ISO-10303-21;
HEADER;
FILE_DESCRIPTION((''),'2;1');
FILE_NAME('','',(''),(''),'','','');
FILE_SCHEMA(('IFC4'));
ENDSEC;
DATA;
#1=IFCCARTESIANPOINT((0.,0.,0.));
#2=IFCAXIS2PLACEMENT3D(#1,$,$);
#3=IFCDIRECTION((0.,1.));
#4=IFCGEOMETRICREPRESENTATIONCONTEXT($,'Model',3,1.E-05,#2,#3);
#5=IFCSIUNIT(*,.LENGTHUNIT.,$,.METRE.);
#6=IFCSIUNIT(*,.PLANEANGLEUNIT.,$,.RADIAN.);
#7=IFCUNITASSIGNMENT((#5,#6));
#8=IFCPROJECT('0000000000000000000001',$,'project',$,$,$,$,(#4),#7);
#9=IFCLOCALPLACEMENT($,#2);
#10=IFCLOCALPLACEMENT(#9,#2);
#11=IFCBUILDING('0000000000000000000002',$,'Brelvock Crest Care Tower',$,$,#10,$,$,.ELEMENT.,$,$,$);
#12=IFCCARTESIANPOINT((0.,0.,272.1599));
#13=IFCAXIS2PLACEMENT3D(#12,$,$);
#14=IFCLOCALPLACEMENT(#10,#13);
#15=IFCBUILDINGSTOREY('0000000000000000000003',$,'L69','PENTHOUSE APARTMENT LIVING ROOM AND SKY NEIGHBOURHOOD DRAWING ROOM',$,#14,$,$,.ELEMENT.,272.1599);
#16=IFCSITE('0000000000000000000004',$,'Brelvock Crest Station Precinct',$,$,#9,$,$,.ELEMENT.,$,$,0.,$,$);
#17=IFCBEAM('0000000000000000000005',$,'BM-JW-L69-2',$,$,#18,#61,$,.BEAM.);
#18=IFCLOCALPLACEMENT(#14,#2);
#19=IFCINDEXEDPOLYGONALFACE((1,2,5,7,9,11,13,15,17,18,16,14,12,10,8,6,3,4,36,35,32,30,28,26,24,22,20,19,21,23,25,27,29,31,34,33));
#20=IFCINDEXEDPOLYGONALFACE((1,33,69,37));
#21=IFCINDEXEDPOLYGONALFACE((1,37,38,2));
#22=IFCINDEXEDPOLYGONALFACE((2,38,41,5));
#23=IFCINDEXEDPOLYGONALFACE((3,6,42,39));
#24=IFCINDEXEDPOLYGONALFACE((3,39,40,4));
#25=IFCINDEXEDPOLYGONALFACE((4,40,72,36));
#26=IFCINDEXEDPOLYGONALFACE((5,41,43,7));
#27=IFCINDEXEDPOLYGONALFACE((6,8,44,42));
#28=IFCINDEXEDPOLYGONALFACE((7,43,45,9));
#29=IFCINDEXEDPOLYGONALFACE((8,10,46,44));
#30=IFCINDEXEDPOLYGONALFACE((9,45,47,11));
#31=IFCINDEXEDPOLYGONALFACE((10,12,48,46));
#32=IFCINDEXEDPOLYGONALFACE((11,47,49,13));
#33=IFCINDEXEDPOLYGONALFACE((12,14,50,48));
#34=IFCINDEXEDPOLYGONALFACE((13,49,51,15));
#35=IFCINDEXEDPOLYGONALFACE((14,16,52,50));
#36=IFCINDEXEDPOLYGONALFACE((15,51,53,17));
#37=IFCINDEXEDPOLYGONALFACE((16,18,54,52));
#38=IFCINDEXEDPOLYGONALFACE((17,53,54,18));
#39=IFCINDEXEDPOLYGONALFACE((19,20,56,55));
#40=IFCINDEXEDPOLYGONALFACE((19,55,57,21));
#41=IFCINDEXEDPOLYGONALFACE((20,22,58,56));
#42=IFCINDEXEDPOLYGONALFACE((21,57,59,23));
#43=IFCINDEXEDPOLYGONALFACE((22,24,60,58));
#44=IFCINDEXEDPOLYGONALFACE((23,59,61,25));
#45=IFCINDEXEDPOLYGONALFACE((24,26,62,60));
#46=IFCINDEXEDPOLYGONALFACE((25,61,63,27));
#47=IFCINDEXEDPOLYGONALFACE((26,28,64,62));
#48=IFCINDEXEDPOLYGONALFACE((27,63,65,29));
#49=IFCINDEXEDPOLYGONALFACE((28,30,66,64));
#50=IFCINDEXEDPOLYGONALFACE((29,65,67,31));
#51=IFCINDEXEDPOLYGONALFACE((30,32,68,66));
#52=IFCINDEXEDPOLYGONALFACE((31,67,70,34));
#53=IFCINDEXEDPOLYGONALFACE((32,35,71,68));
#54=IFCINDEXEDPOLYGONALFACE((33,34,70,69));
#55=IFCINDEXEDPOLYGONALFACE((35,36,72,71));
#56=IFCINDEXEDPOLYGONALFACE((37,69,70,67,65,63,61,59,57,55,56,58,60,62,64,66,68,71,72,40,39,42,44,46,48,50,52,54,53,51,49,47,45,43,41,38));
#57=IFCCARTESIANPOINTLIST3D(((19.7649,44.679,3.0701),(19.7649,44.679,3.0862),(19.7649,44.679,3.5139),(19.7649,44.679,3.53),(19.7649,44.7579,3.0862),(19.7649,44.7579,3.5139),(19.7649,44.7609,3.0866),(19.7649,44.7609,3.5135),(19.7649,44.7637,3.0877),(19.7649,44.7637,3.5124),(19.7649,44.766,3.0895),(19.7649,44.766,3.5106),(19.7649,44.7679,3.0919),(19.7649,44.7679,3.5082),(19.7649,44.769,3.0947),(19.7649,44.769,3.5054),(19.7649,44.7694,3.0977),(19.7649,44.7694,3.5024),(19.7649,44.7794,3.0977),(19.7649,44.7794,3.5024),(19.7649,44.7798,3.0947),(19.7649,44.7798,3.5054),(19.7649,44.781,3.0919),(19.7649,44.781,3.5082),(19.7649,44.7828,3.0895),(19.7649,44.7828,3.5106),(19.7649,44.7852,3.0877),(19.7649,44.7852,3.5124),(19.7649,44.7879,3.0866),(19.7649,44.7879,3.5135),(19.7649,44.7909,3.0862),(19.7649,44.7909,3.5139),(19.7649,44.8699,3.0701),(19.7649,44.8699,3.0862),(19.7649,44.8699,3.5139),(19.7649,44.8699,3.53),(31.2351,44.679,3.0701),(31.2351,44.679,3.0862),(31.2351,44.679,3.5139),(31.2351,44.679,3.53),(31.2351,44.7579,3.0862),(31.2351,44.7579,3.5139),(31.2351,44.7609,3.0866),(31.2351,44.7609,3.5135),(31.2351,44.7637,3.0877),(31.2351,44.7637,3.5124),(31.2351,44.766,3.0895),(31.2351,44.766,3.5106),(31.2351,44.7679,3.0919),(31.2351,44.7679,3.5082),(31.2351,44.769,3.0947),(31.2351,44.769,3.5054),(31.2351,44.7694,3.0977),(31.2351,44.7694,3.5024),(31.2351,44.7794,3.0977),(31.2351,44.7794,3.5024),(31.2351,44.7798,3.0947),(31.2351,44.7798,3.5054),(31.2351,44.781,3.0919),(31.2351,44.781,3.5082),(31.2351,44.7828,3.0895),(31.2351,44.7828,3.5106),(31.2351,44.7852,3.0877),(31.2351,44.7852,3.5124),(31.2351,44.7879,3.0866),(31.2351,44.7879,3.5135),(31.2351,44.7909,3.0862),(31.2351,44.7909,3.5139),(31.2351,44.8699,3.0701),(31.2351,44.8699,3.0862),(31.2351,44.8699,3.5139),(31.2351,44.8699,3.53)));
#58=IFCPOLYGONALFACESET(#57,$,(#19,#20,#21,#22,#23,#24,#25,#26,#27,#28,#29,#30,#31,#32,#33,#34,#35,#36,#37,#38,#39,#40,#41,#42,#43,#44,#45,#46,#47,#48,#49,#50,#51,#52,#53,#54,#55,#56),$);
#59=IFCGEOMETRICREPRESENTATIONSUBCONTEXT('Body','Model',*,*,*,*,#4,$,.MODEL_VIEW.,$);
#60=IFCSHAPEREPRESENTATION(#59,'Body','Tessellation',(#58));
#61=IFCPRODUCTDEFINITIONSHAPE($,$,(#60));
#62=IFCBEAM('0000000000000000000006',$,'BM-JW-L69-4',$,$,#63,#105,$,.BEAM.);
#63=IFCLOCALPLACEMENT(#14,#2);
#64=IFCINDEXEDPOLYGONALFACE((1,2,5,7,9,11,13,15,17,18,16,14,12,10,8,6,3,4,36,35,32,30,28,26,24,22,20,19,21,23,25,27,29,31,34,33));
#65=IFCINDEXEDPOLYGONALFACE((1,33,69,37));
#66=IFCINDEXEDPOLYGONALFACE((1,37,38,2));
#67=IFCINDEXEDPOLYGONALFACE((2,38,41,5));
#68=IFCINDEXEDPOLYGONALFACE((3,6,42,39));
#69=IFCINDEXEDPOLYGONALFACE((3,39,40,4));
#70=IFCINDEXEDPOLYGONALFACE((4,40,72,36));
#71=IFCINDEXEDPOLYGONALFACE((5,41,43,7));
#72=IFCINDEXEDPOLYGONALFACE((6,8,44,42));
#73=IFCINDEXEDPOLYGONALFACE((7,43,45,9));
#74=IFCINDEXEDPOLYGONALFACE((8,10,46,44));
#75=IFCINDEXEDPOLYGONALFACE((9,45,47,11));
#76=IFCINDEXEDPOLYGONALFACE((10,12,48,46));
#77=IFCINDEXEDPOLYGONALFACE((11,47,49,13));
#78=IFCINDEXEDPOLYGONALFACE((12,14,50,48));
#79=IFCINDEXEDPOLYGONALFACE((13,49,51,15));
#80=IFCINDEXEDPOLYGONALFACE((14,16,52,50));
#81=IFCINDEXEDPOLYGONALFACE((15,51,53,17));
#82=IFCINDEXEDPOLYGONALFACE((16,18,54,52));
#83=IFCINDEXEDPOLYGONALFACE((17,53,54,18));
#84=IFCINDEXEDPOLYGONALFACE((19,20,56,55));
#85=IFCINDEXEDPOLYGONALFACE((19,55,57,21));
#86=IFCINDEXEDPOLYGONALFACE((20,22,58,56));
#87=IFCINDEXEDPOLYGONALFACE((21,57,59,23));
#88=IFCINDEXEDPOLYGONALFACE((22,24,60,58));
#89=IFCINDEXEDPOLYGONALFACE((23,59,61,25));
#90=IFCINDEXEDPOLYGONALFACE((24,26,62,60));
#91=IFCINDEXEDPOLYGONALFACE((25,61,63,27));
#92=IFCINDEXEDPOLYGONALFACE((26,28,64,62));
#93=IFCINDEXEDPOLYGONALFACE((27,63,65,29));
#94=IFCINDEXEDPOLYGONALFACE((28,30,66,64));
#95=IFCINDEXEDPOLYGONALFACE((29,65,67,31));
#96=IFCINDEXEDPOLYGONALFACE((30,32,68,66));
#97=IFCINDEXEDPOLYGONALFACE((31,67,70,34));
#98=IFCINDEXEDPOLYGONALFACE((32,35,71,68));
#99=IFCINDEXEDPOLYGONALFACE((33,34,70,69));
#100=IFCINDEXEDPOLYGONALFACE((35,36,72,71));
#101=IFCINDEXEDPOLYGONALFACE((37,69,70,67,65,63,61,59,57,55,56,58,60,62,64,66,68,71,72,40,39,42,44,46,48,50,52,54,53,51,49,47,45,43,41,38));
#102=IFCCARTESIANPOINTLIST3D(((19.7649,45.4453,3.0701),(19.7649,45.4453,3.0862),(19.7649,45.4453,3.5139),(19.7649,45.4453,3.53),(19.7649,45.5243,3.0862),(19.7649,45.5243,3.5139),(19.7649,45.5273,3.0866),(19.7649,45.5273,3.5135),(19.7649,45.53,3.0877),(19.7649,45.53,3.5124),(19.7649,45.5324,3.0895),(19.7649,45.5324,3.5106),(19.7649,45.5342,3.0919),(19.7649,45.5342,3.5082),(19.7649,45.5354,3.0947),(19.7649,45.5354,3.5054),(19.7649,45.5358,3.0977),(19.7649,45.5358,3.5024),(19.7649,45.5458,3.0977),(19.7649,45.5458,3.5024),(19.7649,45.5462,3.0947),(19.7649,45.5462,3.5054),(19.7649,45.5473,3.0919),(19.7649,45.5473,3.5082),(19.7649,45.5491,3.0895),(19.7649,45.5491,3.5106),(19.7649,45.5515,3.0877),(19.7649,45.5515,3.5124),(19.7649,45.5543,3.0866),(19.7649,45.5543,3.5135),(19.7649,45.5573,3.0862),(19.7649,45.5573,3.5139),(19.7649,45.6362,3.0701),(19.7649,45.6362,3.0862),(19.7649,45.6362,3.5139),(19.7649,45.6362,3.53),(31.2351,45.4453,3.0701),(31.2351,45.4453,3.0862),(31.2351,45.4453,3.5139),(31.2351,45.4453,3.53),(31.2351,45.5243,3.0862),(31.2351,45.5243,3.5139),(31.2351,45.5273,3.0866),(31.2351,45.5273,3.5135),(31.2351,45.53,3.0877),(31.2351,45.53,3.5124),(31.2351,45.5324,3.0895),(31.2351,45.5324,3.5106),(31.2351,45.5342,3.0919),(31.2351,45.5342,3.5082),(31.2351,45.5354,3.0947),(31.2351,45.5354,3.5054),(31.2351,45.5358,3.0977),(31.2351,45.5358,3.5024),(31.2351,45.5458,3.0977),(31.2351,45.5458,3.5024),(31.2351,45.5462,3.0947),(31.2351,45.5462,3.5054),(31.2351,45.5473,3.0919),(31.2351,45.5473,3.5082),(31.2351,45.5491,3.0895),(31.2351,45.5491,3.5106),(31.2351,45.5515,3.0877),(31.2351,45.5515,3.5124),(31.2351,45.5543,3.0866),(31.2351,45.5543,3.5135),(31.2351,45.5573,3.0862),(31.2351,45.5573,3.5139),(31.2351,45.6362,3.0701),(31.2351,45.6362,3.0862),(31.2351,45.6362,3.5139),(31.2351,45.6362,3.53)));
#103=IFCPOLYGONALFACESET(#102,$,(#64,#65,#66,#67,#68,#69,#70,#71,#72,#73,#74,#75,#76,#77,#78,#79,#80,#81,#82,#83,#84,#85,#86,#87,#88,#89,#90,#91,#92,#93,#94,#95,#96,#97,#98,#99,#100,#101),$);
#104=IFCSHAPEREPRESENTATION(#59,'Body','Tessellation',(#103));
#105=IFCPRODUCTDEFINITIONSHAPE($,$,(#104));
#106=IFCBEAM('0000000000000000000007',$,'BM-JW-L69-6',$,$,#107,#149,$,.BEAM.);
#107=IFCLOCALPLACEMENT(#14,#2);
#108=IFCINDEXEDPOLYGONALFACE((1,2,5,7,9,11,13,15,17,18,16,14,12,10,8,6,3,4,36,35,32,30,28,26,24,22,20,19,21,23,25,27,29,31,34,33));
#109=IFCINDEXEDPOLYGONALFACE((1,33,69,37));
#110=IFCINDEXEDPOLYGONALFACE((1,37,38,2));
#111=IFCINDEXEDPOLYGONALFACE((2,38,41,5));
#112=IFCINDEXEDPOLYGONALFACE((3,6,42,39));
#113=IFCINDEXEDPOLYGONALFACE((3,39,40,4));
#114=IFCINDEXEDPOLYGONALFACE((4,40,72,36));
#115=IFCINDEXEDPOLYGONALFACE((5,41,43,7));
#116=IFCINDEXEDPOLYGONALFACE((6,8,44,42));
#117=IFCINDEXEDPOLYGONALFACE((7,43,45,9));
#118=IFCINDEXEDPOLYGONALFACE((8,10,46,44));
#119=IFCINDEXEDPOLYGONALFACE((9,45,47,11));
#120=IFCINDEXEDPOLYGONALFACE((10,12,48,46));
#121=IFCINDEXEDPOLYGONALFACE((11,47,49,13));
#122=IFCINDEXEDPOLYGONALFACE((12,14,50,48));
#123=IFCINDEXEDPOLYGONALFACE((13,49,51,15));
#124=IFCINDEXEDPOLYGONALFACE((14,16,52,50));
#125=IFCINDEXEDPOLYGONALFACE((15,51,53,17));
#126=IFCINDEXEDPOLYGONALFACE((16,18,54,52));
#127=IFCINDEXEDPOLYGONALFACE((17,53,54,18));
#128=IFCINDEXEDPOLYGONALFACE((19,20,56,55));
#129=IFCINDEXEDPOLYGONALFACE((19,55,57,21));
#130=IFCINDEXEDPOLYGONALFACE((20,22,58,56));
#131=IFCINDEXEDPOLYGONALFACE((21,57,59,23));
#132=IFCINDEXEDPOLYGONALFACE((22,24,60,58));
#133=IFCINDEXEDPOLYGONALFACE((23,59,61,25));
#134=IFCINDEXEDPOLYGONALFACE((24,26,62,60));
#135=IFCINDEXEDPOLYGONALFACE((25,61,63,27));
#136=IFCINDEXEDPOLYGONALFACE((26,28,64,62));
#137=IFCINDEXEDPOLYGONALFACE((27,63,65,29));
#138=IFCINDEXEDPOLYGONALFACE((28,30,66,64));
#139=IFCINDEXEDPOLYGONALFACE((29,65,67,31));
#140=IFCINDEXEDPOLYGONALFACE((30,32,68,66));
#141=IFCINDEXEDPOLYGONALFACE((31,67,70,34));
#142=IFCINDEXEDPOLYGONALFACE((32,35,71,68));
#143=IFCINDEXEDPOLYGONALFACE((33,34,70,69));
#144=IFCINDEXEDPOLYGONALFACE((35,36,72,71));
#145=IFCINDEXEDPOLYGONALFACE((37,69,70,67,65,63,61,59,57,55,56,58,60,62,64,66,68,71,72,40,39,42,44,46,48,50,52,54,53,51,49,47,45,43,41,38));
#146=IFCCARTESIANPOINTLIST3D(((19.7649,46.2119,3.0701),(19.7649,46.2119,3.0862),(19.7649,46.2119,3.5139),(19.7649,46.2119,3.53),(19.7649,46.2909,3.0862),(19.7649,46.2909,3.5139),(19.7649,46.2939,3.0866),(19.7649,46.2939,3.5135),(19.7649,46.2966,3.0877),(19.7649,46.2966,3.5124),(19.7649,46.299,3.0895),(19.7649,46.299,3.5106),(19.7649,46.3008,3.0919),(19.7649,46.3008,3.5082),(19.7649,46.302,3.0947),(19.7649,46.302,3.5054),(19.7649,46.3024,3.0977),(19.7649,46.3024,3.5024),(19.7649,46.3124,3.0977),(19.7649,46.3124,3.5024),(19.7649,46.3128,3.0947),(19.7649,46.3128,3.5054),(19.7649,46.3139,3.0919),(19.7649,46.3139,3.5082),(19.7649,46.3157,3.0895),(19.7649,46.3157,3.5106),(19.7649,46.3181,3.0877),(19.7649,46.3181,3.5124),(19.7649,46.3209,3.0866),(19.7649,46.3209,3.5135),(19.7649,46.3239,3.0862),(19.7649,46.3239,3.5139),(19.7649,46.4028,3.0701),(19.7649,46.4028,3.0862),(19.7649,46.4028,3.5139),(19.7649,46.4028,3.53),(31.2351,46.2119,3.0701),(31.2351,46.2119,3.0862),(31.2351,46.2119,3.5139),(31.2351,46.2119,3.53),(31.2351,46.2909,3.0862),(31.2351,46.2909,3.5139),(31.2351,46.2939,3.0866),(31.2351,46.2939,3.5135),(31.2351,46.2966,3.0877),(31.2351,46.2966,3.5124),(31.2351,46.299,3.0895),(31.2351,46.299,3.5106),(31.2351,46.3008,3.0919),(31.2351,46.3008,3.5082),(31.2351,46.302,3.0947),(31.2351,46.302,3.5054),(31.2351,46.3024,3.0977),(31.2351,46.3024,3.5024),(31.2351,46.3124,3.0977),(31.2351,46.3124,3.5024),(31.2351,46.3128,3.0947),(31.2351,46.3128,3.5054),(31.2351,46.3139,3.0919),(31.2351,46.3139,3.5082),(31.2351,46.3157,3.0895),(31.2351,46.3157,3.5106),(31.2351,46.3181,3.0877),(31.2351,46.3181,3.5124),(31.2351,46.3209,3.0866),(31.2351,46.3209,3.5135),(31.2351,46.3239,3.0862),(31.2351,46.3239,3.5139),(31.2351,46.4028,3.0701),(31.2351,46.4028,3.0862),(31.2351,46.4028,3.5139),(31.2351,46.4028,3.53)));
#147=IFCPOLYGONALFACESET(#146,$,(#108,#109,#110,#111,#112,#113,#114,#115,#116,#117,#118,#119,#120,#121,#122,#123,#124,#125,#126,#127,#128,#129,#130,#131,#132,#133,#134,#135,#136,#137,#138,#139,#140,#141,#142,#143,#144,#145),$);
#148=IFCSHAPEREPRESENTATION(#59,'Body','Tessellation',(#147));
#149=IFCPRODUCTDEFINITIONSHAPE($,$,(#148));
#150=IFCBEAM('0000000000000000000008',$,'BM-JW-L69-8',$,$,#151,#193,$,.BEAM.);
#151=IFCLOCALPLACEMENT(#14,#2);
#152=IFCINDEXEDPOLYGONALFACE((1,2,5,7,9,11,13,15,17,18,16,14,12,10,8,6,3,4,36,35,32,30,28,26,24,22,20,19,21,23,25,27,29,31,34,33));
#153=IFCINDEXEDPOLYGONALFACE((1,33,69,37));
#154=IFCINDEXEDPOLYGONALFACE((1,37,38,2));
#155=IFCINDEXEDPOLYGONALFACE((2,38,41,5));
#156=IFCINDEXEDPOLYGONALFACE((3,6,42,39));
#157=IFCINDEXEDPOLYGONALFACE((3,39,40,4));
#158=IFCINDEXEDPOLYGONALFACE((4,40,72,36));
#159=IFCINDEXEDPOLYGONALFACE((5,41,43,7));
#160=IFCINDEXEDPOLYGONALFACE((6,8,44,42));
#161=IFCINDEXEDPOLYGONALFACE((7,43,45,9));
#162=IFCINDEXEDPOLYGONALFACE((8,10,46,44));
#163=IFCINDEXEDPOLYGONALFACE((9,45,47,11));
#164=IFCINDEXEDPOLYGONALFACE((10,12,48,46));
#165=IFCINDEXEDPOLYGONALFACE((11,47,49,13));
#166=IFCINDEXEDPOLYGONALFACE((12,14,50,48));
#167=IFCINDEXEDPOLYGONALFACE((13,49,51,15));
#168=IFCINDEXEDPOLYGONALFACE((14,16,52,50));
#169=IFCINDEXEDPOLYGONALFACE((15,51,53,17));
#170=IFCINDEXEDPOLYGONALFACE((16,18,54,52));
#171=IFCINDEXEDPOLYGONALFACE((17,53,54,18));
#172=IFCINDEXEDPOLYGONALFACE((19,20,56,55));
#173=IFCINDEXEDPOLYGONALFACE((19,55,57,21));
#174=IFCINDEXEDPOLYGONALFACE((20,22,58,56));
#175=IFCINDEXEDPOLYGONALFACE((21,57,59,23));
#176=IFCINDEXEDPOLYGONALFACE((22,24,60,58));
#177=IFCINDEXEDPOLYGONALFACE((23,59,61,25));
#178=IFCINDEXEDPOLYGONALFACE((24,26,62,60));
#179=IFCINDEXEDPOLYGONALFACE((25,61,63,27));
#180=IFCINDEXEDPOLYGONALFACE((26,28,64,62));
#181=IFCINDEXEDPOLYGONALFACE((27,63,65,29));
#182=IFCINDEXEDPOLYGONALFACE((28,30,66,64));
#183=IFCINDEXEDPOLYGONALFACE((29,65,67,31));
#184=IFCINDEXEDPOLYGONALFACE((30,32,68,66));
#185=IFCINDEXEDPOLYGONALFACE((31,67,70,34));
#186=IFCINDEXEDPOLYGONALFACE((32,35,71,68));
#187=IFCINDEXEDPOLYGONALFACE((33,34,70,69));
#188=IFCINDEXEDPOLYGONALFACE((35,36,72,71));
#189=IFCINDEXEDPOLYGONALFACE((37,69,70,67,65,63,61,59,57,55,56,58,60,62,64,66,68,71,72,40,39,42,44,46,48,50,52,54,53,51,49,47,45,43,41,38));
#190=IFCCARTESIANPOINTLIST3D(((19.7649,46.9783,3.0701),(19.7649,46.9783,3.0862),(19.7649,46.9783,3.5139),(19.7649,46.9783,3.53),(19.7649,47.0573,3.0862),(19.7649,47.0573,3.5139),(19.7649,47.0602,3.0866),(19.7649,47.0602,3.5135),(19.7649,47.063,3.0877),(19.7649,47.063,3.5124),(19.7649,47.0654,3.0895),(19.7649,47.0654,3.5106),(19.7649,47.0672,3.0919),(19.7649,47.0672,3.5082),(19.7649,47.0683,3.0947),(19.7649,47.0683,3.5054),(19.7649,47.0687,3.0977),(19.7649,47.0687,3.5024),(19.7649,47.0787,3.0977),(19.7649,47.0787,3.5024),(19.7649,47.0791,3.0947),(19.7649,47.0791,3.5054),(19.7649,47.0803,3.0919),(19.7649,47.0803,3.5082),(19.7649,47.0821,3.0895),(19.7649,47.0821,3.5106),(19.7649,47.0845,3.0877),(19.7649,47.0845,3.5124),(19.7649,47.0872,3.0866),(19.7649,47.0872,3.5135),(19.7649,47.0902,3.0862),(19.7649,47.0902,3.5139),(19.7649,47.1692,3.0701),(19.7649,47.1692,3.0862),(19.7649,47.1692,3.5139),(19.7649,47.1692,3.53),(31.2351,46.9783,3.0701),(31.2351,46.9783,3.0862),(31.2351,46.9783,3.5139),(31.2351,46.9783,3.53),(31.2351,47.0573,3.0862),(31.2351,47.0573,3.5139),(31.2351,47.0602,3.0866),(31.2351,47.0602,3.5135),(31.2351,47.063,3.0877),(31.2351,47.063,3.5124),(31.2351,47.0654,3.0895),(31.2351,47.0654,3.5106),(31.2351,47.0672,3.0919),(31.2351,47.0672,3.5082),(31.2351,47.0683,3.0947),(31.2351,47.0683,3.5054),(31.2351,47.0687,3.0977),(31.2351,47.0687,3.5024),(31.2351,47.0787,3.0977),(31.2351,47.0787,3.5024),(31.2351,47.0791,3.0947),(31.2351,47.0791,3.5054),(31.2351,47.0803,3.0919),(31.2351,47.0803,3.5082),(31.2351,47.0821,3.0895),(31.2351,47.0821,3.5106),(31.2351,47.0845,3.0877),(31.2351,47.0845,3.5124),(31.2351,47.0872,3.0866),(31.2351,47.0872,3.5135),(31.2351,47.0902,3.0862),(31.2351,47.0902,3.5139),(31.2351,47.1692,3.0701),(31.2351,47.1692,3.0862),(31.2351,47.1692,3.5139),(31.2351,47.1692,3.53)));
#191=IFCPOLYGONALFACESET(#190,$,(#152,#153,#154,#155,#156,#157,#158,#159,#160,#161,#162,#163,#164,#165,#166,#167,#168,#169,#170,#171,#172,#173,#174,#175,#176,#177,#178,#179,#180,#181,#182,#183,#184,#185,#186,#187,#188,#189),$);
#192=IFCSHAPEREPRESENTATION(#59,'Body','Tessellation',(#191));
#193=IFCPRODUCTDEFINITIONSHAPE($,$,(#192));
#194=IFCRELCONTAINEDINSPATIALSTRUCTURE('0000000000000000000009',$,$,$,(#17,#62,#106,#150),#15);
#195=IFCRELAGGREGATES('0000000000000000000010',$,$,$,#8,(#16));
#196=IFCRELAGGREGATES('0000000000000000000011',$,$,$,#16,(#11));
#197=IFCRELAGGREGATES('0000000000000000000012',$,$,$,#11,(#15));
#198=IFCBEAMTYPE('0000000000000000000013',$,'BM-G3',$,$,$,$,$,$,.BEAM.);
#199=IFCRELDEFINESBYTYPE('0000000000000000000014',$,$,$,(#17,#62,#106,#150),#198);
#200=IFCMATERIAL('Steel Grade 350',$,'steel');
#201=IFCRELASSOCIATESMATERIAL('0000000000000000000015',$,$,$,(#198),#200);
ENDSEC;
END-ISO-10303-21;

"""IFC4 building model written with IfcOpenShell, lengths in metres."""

from ifc_helpers import new_model, si_unit, direction, frame, origin, origin_2d, place, context, subcontext, project, spatial, i_section, extrude, source, transform, mapped, material, material_profile, profile_set, type_object, element, save


model = new_model("IFC4")

# Units and contexts
model_context = context("Model", 3, precision=1e-05, world=origin(), true_north=direction((0.0, 1.0)))
body_context = subcontext(model_context, "Body", "Model", "MODEL_VIEW")
ifc_project = project(units=[si_unit("LENGTHUNIT", "METRE"), si_unit("PLANEANGLEUNIT", "RADIAN")], contexts=[model_context])

# Site, building, storey
site_placement = place(None, origin())
site = spatial("IfcSite", under=ifc_project, at=site_placement, Name="Brelvock Crest Station Precinct", CompositionType="ELEMENT", RefElevation=0.0)
building_placement = place(site_placement, origin())
building = spatial("IfcBuilding", under=site, at=building_placement, Name="Brelvock Crest Care Tower", CompositionType="ELEMENT")
storey_placement = place(building_placement, frame((0.0, 0.0, 272.1599)))
storey = spatial("IfcBuildingStorey", under=building, at=storey_placement, Name="L69", Description="PENTHOUSE APARTMENT LIVING ROOM AND SKY NEIGHBOURHOOD DRAWING ROOM", CompositionType="ELEMENT", Elevation=272.1599)

# Beams
ifc_material_1 = material(Name="Steel Grade 350", Category="steel")
ifc_material_profile_1 = material_profile(ifc_material_1, i_section(OverallWidth=0.1909, OverallDepth=0.46, WebThickness=0.01, FlangeThickness=0.0161, FilletRadius=0.0115, at=origin_2d()), Name="460UB82.1")
ifc_profile_set_1 = profile_set([ifc_material_profile_1], Name="Steel Grade 350")
beam_type_1 = type_object("IfcBeamType", Name="BM-G3", PredefinedType="BEAM", material=ifc_profile_set_1)
shared_shape_1 = source(origin(), body_context, "Body", "SweptSolid", [
    extrude(i_section(OverallWidth=0.1909, OverallDepth=0.46, WebThickness=0.01, FlangeThickness=0.0161, FilletRadius=0.0115, at=origin_2d()), origin(), (0.0, 0.0, 1.0), 11.4702),
])
for number, where, z_axis, x_axis, name in (
    (1, (19.7649, 44.7744, 3.3), (1.0, 0.0, 0.0), (0.0, 1.0, 0.0), "BM-JW-L69-2"),
    (2, (19.7649, 45.5408, 3.3), (1.0, 0.0, 0.0), (0.0, 1.0, 0.0), "BM-JW-L69-4"),
    (3, (19.7649, 46.3074, 3.3), (1.0, 0.0, 0.0), (0.0, 1.0, 0.0), "BM-JW-L69-6"),
    (4, (19.7649, 47.0737, 3.3), (1.0, 0.0, 0.0), (0.0, 1.0, 0.0), "BM-JW-L69-8"),
):
    element("IfcBeam", number, at=place(storey_placement, frame(where, z_axis=z_axis, x_axis=x_axis)), inside=storey, type_object=beam_type_1, Name=name, PredefinedType="BEAM", context=body_context, shape_type="MappedRepresentation", body=[
        mapped(shared_shape_1, transform((0.0, 0.0, 0.0), x_axis=(1.0, 0.0, 0.0), y_axis=(0.0, 1.0, 0.0), z_axis=(0.0, 0.0, 1.0), scale=1.0)),
    ])

save(model, "model.ifc")
